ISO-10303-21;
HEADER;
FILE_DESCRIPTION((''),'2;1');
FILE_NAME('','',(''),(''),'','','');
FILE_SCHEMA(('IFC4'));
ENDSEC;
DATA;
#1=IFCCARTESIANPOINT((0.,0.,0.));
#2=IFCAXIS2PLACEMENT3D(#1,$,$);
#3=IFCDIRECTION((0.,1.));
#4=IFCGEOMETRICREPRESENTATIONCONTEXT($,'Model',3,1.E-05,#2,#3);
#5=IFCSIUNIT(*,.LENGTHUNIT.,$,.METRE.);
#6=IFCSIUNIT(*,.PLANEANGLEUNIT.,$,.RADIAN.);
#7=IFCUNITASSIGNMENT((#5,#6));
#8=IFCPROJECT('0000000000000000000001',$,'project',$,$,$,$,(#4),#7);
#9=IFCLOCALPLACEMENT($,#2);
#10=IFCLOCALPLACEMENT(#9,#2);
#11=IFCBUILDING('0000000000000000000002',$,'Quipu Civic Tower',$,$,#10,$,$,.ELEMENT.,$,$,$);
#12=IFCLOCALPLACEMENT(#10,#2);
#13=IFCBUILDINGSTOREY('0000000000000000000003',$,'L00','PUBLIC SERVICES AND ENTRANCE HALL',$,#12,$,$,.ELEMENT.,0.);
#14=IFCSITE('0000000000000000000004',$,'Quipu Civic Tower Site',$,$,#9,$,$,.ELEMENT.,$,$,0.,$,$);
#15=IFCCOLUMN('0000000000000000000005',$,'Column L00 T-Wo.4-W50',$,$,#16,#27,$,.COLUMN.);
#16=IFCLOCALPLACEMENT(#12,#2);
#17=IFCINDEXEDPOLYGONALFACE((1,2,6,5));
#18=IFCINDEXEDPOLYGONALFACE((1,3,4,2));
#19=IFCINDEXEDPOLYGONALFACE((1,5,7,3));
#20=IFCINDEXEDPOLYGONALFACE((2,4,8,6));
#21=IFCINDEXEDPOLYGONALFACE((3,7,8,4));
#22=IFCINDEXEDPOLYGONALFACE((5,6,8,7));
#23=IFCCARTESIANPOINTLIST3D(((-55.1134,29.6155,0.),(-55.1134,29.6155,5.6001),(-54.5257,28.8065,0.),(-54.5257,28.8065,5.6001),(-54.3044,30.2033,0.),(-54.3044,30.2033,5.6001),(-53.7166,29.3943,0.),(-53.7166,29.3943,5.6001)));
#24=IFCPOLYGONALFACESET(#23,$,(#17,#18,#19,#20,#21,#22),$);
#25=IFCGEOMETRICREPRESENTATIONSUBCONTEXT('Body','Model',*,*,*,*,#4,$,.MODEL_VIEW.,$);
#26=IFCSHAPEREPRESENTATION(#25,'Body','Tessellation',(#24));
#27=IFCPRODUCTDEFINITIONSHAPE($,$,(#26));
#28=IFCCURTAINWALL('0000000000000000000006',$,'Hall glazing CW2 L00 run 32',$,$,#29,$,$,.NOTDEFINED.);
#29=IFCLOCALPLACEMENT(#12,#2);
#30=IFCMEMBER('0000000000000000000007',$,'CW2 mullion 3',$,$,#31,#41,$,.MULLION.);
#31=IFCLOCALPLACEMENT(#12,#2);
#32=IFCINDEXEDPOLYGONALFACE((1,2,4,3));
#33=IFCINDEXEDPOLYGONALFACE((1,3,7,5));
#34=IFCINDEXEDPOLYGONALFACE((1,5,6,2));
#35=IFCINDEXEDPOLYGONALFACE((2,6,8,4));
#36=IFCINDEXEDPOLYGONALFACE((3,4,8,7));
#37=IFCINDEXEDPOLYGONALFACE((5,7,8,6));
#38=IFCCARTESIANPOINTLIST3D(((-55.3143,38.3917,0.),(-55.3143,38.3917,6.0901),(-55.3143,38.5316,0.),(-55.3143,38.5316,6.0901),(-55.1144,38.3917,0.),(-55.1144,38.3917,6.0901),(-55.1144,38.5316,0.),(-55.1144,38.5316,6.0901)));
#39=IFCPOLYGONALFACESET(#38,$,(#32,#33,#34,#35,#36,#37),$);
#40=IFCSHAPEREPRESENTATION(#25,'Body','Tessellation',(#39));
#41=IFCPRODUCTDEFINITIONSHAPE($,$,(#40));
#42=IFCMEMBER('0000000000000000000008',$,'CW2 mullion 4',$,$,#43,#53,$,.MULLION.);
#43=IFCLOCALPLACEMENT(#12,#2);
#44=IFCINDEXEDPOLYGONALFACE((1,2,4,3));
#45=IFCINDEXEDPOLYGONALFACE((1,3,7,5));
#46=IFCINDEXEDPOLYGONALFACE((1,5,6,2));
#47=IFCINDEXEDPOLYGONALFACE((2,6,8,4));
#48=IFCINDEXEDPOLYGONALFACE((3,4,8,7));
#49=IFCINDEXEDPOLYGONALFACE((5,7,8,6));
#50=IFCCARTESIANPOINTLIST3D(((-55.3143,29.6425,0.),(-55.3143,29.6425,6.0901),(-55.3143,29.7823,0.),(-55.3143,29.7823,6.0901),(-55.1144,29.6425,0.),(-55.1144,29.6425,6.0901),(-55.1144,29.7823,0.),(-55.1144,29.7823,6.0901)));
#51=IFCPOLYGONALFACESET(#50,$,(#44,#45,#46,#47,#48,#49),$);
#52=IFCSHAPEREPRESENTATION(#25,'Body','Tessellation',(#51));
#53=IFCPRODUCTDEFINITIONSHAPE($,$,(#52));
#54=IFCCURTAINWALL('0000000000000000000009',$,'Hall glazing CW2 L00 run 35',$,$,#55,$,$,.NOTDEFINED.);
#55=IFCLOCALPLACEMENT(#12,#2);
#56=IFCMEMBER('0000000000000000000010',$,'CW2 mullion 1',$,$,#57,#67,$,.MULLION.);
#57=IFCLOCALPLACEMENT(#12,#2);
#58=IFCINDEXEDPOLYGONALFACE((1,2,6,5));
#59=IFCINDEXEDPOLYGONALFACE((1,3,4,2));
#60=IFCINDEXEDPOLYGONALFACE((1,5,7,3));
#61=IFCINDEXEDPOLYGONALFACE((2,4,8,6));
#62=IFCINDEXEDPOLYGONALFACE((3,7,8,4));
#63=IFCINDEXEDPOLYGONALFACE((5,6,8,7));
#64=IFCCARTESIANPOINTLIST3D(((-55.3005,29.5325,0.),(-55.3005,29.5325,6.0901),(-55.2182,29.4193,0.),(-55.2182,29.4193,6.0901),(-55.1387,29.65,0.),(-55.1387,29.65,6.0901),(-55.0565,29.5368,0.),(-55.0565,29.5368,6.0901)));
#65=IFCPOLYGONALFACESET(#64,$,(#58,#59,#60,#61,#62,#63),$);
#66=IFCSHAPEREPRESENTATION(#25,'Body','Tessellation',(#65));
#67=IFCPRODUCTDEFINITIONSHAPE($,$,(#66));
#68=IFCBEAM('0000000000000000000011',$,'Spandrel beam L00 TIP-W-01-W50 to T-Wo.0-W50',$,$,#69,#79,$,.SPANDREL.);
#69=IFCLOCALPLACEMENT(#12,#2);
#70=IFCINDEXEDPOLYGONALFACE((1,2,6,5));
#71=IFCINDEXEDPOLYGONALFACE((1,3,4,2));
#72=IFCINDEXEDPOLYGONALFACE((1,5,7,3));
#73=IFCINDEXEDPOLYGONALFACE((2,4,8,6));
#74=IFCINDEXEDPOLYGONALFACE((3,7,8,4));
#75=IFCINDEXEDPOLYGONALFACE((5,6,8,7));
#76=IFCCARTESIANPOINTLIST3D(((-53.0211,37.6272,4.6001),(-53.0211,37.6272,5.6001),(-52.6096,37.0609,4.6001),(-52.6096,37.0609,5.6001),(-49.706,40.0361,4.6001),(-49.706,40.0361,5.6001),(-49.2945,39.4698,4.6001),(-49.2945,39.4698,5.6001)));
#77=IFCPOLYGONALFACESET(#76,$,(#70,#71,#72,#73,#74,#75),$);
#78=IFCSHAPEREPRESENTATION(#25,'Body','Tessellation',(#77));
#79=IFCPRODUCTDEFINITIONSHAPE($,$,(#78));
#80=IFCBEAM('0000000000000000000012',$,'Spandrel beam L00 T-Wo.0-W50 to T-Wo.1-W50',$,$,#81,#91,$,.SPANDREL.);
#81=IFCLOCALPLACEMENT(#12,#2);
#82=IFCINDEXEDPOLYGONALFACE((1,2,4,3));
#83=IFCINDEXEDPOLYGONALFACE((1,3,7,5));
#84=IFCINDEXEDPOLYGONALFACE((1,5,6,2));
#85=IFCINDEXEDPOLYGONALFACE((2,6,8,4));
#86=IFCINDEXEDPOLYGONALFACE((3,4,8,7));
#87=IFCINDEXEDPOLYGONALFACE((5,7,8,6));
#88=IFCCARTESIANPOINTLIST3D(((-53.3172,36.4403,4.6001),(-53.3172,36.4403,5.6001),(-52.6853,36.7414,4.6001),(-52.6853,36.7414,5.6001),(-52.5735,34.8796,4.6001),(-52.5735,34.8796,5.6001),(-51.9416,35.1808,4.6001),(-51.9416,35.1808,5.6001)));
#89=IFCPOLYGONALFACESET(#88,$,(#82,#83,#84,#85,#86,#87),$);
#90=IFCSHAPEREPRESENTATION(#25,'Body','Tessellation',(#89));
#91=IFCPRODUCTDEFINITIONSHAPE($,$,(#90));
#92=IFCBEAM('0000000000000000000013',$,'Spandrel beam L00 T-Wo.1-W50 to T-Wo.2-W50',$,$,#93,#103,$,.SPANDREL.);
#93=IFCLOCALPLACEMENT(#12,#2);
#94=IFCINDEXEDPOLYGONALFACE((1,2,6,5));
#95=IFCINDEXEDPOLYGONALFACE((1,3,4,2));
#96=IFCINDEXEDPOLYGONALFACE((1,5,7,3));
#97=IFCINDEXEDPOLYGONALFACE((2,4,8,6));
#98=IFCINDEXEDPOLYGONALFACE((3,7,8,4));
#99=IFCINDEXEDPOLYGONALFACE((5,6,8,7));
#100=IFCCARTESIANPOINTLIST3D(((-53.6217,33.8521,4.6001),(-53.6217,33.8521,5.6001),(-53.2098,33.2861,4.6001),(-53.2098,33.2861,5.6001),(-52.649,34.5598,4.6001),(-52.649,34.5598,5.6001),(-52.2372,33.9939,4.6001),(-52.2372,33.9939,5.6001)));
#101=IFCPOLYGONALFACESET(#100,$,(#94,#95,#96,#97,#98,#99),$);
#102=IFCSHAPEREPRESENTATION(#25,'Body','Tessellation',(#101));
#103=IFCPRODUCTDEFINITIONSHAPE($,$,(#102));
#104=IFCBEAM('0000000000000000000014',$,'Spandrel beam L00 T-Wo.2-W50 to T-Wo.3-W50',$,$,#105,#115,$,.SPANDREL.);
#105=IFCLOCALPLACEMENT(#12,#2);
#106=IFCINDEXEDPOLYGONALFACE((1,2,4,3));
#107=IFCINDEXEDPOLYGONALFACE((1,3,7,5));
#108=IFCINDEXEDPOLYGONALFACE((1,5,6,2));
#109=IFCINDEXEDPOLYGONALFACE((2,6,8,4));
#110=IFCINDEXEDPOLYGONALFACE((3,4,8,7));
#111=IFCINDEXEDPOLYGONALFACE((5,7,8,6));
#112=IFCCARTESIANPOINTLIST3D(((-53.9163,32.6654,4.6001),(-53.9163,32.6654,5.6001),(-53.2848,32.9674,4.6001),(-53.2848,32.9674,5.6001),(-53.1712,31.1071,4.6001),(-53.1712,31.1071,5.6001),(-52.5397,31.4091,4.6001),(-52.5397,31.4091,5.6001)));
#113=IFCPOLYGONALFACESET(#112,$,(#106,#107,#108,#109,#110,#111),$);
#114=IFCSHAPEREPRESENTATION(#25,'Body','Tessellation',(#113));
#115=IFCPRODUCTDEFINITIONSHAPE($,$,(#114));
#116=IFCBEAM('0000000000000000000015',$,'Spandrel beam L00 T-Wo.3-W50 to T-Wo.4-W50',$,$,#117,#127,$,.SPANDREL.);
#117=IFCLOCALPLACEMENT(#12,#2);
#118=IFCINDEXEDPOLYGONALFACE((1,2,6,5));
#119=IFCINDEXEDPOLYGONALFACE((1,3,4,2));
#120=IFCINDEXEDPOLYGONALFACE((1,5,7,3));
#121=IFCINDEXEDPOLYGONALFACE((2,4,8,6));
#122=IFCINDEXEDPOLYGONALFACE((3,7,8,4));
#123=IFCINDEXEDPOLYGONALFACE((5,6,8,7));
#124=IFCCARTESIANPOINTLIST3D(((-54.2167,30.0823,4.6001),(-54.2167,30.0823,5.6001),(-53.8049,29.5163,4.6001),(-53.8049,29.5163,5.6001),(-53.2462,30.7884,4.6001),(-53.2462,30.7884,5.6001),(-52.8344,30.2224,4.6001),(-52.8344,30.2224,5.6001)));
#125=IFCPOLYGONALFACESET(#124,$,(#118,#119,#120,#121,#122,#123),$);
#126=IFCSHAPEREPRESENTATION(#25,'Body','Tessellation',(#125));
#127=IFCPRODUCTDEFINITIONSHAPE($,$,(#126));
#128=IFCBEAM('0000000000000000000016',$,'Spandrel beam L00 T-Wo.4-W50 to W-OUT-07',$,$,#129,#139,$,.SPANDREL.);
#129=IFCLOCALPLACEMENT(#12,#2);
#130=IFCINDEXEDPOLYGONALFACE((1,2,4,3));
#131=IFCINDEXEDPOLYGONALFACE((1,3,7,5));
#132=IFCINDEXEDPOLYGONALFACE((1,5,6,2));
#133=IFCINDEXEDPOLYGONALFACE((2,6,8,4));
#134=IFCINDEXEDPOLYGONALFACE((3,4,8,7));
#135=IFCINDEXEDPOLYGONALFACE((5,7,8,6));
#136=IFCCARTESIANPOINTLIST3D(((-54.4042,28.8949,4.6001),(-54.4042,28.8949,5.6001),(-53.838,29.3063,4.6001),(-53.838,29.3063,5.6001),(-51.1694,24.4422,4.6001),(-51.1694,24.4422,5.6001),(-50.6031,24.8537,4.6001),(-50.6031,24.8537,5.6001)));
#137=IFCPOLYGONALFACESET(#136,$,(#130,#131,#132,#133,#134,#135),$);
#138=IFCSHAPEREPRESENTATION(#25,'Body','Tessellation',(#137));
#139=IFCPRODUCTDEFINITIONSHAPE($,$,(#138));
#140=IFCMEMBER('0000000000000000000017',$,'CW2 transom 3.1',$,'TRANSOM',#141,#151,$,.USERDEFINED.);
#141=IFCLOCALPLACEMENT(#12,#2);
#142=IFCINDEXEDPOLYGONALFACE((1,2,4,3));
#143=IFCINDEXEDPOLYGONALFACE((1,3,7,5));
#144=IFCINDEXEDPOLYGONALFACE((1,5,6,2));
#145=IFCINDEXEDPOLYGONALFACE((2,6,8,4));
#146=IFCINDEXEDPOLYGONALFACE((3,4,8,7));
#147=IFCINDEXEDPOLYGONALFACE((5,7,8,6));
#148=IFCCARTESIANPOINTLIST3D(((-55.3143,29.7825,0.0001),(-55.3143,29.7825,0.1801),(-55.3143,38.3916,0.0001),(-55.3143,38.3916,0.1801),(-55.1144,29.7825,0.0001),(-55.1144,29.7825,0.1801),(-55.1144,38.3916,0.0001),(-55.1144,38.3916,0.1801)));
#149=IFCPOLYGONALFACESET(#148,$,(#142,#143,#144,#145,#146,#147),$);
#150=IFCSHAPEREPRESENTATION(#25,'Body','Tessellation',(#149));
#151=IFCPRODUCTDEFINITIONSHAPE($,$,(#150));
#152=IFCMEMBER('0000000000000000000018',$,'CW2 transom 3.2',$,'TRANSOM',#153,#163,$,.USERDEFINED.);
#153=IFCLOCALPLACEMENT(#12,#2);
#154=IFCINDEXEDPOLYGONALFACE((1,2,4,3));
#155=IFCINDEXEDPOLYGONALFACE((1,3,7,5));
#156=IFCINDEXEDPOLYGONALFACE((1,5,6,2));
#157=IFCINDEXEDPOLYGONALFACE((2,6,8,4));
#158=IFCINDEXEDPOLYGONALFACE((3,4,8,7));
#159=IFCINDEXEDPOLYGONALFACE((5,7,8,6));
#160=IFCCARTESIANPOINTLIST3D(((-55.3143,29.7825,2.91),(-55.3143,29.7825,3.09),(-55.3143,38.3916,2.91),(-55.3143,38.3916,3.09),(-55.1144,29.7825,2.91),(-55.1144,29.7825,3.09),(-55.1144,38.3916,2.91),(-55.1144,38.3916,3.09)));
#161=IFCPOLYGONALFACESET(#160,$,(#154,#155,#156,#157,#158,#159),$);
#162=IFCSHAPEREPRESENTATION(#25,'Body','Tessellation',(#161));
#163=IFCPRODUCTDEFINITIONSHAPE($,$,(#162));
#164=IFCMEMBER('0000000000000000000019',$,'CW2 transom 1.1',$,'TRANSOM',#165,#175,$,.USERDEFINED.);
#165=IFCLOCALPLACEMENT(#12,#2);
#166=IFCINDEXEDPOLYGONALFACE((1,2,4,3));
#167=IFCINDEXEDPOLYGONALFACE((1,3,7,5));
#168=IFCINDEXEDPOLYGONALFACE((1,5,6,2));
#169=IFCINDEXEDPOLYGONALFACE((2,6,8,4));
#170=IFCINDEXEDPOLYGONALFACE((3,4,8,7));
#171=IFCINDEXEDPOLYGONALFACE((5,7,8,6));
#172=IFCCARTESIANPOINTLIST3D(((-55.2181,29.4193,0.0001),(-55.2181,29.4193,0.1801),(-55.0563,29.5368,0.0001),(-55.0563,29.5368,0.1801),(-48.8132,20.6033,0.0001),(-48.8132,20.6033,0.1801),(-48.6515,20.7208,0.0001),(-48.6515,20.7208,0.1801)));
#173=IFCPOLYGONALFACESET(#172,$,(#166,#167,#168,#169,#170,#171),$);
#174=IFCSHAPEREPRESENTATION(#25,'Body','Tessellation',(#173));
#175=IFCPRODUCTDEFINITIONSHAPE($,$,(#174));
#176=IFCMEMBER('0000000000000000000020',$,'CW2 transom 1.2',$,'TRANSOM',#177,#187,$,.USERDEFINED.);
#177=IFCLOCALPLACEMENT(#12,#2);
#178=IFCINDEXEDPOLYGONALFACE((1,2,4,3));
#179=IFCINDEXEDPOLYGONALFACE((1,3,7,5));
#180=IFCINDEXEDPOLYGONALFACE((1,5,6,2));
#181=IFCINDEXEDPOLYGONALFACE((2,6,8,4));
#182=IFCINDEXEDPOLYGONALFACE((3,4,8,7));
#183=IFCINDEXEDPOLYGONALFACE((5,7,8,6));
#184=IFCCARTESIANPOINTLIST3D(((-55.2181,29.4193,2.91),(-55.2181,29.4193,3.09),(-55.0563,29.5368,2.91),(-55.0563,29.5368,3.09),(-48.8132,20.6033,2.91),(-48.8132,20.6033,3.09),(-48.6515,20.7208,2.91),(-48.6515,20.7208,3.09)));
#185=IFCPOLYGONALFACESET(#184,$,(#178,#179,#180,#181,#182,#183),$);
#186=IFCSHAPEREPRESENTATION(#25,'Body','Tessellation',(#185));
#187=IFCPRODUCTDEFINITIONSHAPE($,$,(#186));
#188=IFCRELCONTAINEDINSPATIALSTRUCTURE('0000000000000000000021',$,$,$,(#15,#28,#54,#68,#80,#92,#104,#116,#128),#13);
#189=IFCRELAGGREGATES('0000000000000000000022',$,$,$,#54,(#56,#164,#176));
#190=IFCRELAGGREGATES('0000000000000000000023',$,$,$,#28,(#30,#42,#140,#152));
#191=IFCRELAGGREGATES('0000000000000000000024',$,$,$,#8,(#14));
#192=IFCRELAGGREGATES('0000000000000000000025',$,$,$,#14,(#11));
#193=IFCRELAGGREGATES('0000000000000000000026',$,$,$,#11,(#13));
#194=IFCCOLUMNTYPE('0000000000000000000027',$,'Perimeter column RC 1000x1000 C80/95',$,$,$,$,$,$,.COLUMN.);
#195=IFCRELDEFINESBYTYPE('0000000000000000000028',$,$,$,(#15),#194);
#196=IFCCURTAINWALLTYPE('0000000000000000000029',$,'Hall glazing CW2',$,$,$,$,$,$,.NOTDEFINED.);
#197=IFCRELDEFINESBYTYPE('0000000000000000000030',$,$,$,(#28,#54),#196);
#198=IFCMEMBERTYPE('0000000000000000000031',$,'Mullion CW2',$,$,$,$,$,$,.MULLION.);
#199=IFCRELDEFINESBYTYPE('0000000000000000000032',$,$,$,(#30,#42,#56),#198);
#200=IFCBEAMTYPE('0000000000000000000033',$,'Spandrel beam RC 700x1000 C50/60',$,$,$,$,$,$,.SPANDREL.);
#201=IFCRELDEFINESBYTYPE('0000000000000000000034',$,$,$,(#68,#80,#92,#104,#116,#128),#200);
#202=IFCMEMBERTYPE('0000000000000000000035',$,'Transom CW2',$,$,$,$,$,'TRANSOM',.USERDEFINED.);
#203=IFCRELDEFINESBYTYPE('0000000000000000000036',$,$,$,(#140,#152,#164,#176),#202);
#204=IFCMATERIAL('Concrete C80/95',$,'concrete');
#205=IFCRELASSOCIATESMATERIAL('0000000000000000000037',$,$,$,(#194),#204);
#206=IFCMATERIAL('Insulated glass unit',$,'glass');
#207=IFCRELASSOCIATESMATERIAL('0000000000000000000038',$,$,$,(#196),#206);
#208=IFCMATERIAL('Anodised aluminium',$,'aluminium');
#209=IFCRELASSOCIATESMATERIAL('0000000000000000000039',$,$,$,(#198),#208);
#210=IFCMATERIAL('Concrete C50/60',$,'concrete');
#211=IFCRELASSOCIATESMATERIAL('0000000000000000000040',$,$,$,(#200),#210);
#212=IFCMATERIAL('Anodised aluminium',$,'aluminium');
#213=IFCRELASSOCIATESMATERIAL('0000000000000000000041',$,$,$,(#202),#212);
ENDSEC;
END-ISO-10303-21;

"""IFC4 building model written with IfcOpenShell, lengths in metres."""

from ifc_helpers import new_model, si_unit, direction, frame, origin, origin_2d, place, context, subcontext, project, spatial, rectangle, extrude, material, material_profile, profile_set, type_object, element, aggregate, save


model = new_model("IFC4")

# Units and contexts
model_context = context("Model", 3, precision=1e-05, world=origin(), true_north=direction((0.0, 1.0)))
body_context = subcontext(model_context, "Body", "Model", "MODEL_VIEW")
ifc_project = project(units=[si_unit("LENGTHUNIT", "METRE"), si_unit("PLANEANGLEUNIT", "RADIAN")], contexts=[model_context])

# Site, building, storey
site_placement = place(None, origin())
site = spatial("IfcSite", under=ifc_project, at=site_placement, Name="Quipu Civic Tower Site", CompositionType="ELEMENT", RefElevation=0.0)
building_placement = place(site_placement, origin())
building = spatial("IfcBuilding", under=site, at=building_placement, Name="Quipu Civic Tower", CompositionType="ELEMENT")
storey_placement = place(building_placement, origin())
storey = spatial("IfcBuildingStorey", under=building, at=storey_placement, Name="L00", Description="PUBLIC SERVICES AND ENTRANCE HALL", CompositionType="ELEMENT", Elevation=0.0)

# Column
ifc_material_1 = material(Name="Concrete C80/95", Category="concrete")
ifc_material_profile_1 = material_profile(ifc_material_1, rectangle(XDim=1.0, YDim=1.0, at=origin_2d()), Name="RC1000x1000")
ifc_profile_set_1 = profile_set([ifc_material_profile_1], Name="Concrete C80/95")
column_type = type_object("IfcColumnType", Name="Perimeter column RC 1000x1000 C80/95", PredefinedType="COLUMN", material=ifc_profile_set_1)
for number, where, z_axis, x_axis, name in (
    (1, (-54.415, 29.5049, 0.0), (0.0, 0.0, 1.0), (0.587785, -0.809017, 0.0), "Column L00 T-Wo.4-W50"),
):
    element("IfcColumn", number, at=place(storey_placement, frame(where, z_axis=z_axis, x_axis=x_axis)), inside=storey, type_object=column_type, Name=name, PredefinedType="COLUMN", context=body_context, shape_type="SweptSolid", body=[
        extrude(rectangle(XDim=1.0, YDim=1.0, at=origin_2d()), origin(), (0.0, 0.0, 1.0), 5.6001),
    ])

# Curtain wall, members
ifc_material_2 = material(Name="Insulated glass unit", Category="glass")
curtain_wall_type = type_object("IfcCurtainWallType", Name="Hall glazing CW2", PredefinedType="NOTDEFINED", material=ifc_material_2)
curtain_wall_1_placement = place(storey_placement, origin())
curtain_wall_1 = element("IfcCurtainWall", 2, at=curtain_wall_1_placement, inside=storey, type_object=curtain_wall_type, Name="Hall glazing CW2 L00 run 32", PredefinedType="NOTDEFINED")
ifc_material_3 = material(Name="Anodised aluminium", Category="aluminium")
ifc_material_profile_2 = material_profile(ifc_material_3, rectangle(XDim=0.2, YDim=0.1399, at=origin_2d()), Name="RECT 200x140")
ifc_profile_set_2 = profile_set([ifc_material_profile_2], Name="Anodised aluminium")
member_type_1 = type_object("IfcMemberType", Name="Mullion CW2", PredefinedType="MULLION", material=ifc_profile_set_2)
member_1_placement = place(storey_placement, frame((-55.2144, 38.4617, 0.0), z_axis=(0.0, 0.0, 1.0), x_axis=(1.0, 0.0, 0.0)))
member_1 = element("IfcMember", 3, at=member_1_placement, type_object=member_type_1, Name="CW2 mullion 3", PredefinedType="MULLION", context=body_context, shape_type="SweptSolid", body=[
    extrude(rectangle(XDim=0.2, YDim=0.1399, at=origin_2d()), origin(), (0.0, 0.0, 1.0), 6.0901),
])
member_2_placement = place(storey_placement, frame((-55.2144, 29.7124, 0.0), z_axis=(0.0, 0.0, 1.0), x_axis=(1.0, 0.0, 0.0)))
member_2 = element("IfcMember", 4, at=member_2_placement, type_object=member_type_1, Name="CW2 mullion 4", PredefinedType="MULLION", context=body_context, shape_type="SweptSolid", body=[
    extrude(rectangle(XDim=0.2, YDim=0.1399, at=origin_2d()), origin(), (0.0, 0.0, 1.0), 6.0901),
])

# Curtain wall, member
curtain_wall_2_placement = place(storey_placement, origin())
curtain_wall_2 = element("IfcCurtainWall", 5, at=curtain_wall_2_placement, inside=storey, type_object=curtain_wall_type, Name="Hall glazing CW2 L00 run 35", PredefinedType="NOTDEFINED")
member_3_placement = place(storey_placement, frame((-55.1785, 29.5347, 0.0), z_axis=(0.0, 0.0, 1.0), x_axis=(0.809018, 0.587784, 0.0)))
member_3 = element("IfcMember", 6, at=member_3_placement, type_object=member_type_1, Name="CW2 mullion 1", PredefinedType="MULLION", context=body_context, shape_type="SweptSolid", body=[
    extrude(rectangle(XDim=0.2, YDim=0.1399, at=origin_2d()), origin(), (0.0, 0.0, 1.0), 6.0901),
])

# Beams
ifc_material_4 = material(Name="Concrete C50/60", Category="concrete")
ifc_material_profile_3 = material_profile(ifc_material_4, rectangle(XDim=0.7, YDim=1.0, at=origin_2d()), Name="RC700x1000")
ifc_profile_set_3 = profile_set([ifc_material_profile_3], Name="Concrete C50/60")
beam_type = type_object("IfcBeamType", Name="Spandrel beam RC 700x1000 C50/60", PredefinedType="SPANDREL", material=ifc_profile_set_3)
beam_1_placement = place(storey_placement, frame((-49.5002, 39.7529, 5.1001), z_axis=(-0.808981, -0.587835, 0.0), x_axis=(0.587835, -0.808981, 0.0)))
element("IfcBeam", 7, at=beam_1_placement, inside=storey, type_object=beam_type, Name="Spandrel beam L00 TIP-W-01-W50 to T-Wo.0-W50", PredefinedType="SPANDREL", context=body_context, shape_type="SweptSolid", body=[
    extrude(rectangle(XDim=0.7, YDim=1.0, at=origin_2d()), origin(), (0.0, 0.0, 1.0), 4.0979),
])
beam_2_placement = place(storey_placement, frame((-53.0012, 36.5908, 5.1001), z_axis=(0.430186, -0.90274, 0.0), x_axis=(0.90274, 0.430186, 0.0)))
element("IfcBeam", 8, at=beam_2_placement, inside=storey, type_object=beam_type, Name="Spandrel beam L00 T-Wo.0-W50 to T-Wo.1-W50", PredefinedType="SPANDREL", context=body_context, shape_type="SweptSolid", body=[
    extrude(rectangle(XDim=0.7, YDim=1.0, at=origin_2d()), origin(), (0.0, 0.0, 1.0), 1.7288),
])
beam_3_placement = place(storey_placement, frame((-52.4431, 34.2769, 5.1001), z_axis=(-0.808587, -0.588377, 0.0), x_axis=(0.588377, -0.808587, 0.0)))
element("IfcBeam", 9, at=beam_3_placement, inside=storey, type_object=beam_type, Name="Spandrel beam L00 T-Wo.1-W50 to T-Wo.2-W50", PredefinedType="SPANDREL", context=body_context, shape_type="SweptSolid", body=[
    extrude(rectangle(XDim=0.7, YDim=1.0, at=origin_2d()), origin(), (0.0, 0.0, 1.0), 1.2029),
])
beam_4_placement = place(storey_placement, frame((-53.6006, 32.8164, 5.1001), z_axis=(0.43137, -0.902175, 0.0), x_axis=(0.902175, 0.43137, 0.0)))
element("IfcBeam", 10, at=beam_4_placement, inside=storey, type_object=beam_type, Name="Spandrel beam L00 T-Wo.2-W50 to T-Wo.3-W50", PredefinedType="SPANDREL", context=body_context, shape_type="SweptSolid", body=[
    extrude(rectangle(XDim=0.7, YDim=1.0, at=origin_2d()), origin(), (0.0, 0.0, 1.0), 1.7273),
])
beam_5_placement = place(storey_placement, frame((-53.0403, 30.5054, 5.1001), z_axis=(-0.808631, -0.588317, 0.0), x_axis=(0.588317, -0.808631, 0.0)))
element("IfcBeam", 11, at=beam_5_placement, inside=storey, type_object=beam_type, Name="Spandrel beam L00 T-Wo.3-W50 to T-Wo.4-W50", PredefinedType="SPANDREL", context=body_context, shape_type="SweptSolid", body=[
    extrude(rectangle(XDim=0.7, YDim=1.0, at=origin_2d()), origin(), (0.0, 0.0, 1.0), 1.2002),
])
beam_6_placement = place(storey_placement, frame((-54.1211, 29.1006, 5.1001), z_axis=(0.587765, -0.809031, 0.0), x_axis=(0.809031, 0.587765, 0.0)))
element("IfcBeam", 12, at=beam_6_placement, inside=storey, type_object=beam_type, Name="Spandrel beam L00 T-Wo.4-W50 to W-OUT-07", PredefinedType="SPANDREL", context=body_context, shape_type="SweptSolid", body=[
    extrude(rectangle(XDim=0.7, YDim=1.0, at=origin_2d()), origin(), (0.0, 0.0, 1.0), 5.5037),
])

# Members
ifc_material_5 = material(Name="Anodised aluminium", Category="aluminium")
ifc_material_profile_4 = material_profile(ifc_material_5, rectangle(XDim=0.2, YDim=0.1799, at=origin_2d()), Name="RECT 200x180")
ifc_profile_set_4 = profile_set([ifc_material_profile_4], Name="Anodised aluminium")
member_type_2 = type_object("IfcMemberType", Name="Transom CW2", ElementType="TRANSOM", PredefinedType="USERDEFINED", material=ifc_profile_set_4)
member_4_placement = place(storey_placement, frame((-55.2144, 38.3916, 0.0901), z_axis=(0.0, -1.0, 0.0), x_axis=(1.0, 0.0, 0.0)))
member_4 = element("IfcMember", 13, at=member_4_placement, type_object=member_type_2, Name="CW2 transom 3.1", ObjectType="TRANSOM", PredefinedType="USERDEFINED", context=body_context, shape_type="SweptSolid", body=[
    extrude(rectangle(XDim=0.2, YDim=0.1799, at=origin_2d()), origin(), (0.0, 0.0, 1.0), 8.6091),
])
member_5_placement = place(storey_placement, frame((-55.2144, 38.3916, 3.0), z_axis=(0.0, -1.0, 0.0), x_axis=(1.0, 0.0, 0.0)))
member_5 = element("IfcMember", 14, at=member_5_placement, type_object=member_type_2, Name="CW2 transom 3.2", ObjectType="TRANSOM", PredefinedType="USERDEFINED", context=body_context, shape_type="SweptSolid", body=[
    extrude(rectangle(XDim=0.2, YDim=0.1799, at=origin_2d()), origin(), (0.0, 0.0, 1.0), 8.6091),
])
member_6_placement = place(storey_placement, frame((-55.1372, 29.478, 0.0901), z_axis=(0.587764, -0.809032, 0.0), x_axis=(0.809032, 0.587764, 0.0)))
member_6 = element("IfcMember", 15, at=member_6_placement, type_object=member_type_2, Name="CW2 transom 1.1", ObjectType="TRANSOM", PredefinedType="USERDEFINED", context=body_context, shape_type="SweptSolid", body=[
    extrude(rectangle(XDim=0.2, YDim=0.1799, at=origin_2d()), origin(), (0.0, 0.0, 1.0), 10.897),
])
member_7_placement = place(storey_placement, frame((-55.1372, 29.478, 3.0), z_axis=(0.587764, -0.809032, 0.0), x_axis=(0.809032, 0.587764, 0.0)))
member_7 = element("IfcMember", 16, at=member_7_placement, type_object=member_type_2, Name="CW2 transom 1.2", ObjectType="TRANSOM", PredefinedType="USERDEFINED", context=body_context, shape_type="SweptSolid", body=[
    extrude(rectangle(XDim=0.2, YDim=0.1799, at=origin_2d()), origin(), (0.0, 0.0, 1.0), 10.897),
])
aggregate(curtain_wall_2, [member_3, member_6, member_7])

aggregate(curtain_wall_1, [member_1, member_2, member_4, member_5])

save(model, "model.ifc")
